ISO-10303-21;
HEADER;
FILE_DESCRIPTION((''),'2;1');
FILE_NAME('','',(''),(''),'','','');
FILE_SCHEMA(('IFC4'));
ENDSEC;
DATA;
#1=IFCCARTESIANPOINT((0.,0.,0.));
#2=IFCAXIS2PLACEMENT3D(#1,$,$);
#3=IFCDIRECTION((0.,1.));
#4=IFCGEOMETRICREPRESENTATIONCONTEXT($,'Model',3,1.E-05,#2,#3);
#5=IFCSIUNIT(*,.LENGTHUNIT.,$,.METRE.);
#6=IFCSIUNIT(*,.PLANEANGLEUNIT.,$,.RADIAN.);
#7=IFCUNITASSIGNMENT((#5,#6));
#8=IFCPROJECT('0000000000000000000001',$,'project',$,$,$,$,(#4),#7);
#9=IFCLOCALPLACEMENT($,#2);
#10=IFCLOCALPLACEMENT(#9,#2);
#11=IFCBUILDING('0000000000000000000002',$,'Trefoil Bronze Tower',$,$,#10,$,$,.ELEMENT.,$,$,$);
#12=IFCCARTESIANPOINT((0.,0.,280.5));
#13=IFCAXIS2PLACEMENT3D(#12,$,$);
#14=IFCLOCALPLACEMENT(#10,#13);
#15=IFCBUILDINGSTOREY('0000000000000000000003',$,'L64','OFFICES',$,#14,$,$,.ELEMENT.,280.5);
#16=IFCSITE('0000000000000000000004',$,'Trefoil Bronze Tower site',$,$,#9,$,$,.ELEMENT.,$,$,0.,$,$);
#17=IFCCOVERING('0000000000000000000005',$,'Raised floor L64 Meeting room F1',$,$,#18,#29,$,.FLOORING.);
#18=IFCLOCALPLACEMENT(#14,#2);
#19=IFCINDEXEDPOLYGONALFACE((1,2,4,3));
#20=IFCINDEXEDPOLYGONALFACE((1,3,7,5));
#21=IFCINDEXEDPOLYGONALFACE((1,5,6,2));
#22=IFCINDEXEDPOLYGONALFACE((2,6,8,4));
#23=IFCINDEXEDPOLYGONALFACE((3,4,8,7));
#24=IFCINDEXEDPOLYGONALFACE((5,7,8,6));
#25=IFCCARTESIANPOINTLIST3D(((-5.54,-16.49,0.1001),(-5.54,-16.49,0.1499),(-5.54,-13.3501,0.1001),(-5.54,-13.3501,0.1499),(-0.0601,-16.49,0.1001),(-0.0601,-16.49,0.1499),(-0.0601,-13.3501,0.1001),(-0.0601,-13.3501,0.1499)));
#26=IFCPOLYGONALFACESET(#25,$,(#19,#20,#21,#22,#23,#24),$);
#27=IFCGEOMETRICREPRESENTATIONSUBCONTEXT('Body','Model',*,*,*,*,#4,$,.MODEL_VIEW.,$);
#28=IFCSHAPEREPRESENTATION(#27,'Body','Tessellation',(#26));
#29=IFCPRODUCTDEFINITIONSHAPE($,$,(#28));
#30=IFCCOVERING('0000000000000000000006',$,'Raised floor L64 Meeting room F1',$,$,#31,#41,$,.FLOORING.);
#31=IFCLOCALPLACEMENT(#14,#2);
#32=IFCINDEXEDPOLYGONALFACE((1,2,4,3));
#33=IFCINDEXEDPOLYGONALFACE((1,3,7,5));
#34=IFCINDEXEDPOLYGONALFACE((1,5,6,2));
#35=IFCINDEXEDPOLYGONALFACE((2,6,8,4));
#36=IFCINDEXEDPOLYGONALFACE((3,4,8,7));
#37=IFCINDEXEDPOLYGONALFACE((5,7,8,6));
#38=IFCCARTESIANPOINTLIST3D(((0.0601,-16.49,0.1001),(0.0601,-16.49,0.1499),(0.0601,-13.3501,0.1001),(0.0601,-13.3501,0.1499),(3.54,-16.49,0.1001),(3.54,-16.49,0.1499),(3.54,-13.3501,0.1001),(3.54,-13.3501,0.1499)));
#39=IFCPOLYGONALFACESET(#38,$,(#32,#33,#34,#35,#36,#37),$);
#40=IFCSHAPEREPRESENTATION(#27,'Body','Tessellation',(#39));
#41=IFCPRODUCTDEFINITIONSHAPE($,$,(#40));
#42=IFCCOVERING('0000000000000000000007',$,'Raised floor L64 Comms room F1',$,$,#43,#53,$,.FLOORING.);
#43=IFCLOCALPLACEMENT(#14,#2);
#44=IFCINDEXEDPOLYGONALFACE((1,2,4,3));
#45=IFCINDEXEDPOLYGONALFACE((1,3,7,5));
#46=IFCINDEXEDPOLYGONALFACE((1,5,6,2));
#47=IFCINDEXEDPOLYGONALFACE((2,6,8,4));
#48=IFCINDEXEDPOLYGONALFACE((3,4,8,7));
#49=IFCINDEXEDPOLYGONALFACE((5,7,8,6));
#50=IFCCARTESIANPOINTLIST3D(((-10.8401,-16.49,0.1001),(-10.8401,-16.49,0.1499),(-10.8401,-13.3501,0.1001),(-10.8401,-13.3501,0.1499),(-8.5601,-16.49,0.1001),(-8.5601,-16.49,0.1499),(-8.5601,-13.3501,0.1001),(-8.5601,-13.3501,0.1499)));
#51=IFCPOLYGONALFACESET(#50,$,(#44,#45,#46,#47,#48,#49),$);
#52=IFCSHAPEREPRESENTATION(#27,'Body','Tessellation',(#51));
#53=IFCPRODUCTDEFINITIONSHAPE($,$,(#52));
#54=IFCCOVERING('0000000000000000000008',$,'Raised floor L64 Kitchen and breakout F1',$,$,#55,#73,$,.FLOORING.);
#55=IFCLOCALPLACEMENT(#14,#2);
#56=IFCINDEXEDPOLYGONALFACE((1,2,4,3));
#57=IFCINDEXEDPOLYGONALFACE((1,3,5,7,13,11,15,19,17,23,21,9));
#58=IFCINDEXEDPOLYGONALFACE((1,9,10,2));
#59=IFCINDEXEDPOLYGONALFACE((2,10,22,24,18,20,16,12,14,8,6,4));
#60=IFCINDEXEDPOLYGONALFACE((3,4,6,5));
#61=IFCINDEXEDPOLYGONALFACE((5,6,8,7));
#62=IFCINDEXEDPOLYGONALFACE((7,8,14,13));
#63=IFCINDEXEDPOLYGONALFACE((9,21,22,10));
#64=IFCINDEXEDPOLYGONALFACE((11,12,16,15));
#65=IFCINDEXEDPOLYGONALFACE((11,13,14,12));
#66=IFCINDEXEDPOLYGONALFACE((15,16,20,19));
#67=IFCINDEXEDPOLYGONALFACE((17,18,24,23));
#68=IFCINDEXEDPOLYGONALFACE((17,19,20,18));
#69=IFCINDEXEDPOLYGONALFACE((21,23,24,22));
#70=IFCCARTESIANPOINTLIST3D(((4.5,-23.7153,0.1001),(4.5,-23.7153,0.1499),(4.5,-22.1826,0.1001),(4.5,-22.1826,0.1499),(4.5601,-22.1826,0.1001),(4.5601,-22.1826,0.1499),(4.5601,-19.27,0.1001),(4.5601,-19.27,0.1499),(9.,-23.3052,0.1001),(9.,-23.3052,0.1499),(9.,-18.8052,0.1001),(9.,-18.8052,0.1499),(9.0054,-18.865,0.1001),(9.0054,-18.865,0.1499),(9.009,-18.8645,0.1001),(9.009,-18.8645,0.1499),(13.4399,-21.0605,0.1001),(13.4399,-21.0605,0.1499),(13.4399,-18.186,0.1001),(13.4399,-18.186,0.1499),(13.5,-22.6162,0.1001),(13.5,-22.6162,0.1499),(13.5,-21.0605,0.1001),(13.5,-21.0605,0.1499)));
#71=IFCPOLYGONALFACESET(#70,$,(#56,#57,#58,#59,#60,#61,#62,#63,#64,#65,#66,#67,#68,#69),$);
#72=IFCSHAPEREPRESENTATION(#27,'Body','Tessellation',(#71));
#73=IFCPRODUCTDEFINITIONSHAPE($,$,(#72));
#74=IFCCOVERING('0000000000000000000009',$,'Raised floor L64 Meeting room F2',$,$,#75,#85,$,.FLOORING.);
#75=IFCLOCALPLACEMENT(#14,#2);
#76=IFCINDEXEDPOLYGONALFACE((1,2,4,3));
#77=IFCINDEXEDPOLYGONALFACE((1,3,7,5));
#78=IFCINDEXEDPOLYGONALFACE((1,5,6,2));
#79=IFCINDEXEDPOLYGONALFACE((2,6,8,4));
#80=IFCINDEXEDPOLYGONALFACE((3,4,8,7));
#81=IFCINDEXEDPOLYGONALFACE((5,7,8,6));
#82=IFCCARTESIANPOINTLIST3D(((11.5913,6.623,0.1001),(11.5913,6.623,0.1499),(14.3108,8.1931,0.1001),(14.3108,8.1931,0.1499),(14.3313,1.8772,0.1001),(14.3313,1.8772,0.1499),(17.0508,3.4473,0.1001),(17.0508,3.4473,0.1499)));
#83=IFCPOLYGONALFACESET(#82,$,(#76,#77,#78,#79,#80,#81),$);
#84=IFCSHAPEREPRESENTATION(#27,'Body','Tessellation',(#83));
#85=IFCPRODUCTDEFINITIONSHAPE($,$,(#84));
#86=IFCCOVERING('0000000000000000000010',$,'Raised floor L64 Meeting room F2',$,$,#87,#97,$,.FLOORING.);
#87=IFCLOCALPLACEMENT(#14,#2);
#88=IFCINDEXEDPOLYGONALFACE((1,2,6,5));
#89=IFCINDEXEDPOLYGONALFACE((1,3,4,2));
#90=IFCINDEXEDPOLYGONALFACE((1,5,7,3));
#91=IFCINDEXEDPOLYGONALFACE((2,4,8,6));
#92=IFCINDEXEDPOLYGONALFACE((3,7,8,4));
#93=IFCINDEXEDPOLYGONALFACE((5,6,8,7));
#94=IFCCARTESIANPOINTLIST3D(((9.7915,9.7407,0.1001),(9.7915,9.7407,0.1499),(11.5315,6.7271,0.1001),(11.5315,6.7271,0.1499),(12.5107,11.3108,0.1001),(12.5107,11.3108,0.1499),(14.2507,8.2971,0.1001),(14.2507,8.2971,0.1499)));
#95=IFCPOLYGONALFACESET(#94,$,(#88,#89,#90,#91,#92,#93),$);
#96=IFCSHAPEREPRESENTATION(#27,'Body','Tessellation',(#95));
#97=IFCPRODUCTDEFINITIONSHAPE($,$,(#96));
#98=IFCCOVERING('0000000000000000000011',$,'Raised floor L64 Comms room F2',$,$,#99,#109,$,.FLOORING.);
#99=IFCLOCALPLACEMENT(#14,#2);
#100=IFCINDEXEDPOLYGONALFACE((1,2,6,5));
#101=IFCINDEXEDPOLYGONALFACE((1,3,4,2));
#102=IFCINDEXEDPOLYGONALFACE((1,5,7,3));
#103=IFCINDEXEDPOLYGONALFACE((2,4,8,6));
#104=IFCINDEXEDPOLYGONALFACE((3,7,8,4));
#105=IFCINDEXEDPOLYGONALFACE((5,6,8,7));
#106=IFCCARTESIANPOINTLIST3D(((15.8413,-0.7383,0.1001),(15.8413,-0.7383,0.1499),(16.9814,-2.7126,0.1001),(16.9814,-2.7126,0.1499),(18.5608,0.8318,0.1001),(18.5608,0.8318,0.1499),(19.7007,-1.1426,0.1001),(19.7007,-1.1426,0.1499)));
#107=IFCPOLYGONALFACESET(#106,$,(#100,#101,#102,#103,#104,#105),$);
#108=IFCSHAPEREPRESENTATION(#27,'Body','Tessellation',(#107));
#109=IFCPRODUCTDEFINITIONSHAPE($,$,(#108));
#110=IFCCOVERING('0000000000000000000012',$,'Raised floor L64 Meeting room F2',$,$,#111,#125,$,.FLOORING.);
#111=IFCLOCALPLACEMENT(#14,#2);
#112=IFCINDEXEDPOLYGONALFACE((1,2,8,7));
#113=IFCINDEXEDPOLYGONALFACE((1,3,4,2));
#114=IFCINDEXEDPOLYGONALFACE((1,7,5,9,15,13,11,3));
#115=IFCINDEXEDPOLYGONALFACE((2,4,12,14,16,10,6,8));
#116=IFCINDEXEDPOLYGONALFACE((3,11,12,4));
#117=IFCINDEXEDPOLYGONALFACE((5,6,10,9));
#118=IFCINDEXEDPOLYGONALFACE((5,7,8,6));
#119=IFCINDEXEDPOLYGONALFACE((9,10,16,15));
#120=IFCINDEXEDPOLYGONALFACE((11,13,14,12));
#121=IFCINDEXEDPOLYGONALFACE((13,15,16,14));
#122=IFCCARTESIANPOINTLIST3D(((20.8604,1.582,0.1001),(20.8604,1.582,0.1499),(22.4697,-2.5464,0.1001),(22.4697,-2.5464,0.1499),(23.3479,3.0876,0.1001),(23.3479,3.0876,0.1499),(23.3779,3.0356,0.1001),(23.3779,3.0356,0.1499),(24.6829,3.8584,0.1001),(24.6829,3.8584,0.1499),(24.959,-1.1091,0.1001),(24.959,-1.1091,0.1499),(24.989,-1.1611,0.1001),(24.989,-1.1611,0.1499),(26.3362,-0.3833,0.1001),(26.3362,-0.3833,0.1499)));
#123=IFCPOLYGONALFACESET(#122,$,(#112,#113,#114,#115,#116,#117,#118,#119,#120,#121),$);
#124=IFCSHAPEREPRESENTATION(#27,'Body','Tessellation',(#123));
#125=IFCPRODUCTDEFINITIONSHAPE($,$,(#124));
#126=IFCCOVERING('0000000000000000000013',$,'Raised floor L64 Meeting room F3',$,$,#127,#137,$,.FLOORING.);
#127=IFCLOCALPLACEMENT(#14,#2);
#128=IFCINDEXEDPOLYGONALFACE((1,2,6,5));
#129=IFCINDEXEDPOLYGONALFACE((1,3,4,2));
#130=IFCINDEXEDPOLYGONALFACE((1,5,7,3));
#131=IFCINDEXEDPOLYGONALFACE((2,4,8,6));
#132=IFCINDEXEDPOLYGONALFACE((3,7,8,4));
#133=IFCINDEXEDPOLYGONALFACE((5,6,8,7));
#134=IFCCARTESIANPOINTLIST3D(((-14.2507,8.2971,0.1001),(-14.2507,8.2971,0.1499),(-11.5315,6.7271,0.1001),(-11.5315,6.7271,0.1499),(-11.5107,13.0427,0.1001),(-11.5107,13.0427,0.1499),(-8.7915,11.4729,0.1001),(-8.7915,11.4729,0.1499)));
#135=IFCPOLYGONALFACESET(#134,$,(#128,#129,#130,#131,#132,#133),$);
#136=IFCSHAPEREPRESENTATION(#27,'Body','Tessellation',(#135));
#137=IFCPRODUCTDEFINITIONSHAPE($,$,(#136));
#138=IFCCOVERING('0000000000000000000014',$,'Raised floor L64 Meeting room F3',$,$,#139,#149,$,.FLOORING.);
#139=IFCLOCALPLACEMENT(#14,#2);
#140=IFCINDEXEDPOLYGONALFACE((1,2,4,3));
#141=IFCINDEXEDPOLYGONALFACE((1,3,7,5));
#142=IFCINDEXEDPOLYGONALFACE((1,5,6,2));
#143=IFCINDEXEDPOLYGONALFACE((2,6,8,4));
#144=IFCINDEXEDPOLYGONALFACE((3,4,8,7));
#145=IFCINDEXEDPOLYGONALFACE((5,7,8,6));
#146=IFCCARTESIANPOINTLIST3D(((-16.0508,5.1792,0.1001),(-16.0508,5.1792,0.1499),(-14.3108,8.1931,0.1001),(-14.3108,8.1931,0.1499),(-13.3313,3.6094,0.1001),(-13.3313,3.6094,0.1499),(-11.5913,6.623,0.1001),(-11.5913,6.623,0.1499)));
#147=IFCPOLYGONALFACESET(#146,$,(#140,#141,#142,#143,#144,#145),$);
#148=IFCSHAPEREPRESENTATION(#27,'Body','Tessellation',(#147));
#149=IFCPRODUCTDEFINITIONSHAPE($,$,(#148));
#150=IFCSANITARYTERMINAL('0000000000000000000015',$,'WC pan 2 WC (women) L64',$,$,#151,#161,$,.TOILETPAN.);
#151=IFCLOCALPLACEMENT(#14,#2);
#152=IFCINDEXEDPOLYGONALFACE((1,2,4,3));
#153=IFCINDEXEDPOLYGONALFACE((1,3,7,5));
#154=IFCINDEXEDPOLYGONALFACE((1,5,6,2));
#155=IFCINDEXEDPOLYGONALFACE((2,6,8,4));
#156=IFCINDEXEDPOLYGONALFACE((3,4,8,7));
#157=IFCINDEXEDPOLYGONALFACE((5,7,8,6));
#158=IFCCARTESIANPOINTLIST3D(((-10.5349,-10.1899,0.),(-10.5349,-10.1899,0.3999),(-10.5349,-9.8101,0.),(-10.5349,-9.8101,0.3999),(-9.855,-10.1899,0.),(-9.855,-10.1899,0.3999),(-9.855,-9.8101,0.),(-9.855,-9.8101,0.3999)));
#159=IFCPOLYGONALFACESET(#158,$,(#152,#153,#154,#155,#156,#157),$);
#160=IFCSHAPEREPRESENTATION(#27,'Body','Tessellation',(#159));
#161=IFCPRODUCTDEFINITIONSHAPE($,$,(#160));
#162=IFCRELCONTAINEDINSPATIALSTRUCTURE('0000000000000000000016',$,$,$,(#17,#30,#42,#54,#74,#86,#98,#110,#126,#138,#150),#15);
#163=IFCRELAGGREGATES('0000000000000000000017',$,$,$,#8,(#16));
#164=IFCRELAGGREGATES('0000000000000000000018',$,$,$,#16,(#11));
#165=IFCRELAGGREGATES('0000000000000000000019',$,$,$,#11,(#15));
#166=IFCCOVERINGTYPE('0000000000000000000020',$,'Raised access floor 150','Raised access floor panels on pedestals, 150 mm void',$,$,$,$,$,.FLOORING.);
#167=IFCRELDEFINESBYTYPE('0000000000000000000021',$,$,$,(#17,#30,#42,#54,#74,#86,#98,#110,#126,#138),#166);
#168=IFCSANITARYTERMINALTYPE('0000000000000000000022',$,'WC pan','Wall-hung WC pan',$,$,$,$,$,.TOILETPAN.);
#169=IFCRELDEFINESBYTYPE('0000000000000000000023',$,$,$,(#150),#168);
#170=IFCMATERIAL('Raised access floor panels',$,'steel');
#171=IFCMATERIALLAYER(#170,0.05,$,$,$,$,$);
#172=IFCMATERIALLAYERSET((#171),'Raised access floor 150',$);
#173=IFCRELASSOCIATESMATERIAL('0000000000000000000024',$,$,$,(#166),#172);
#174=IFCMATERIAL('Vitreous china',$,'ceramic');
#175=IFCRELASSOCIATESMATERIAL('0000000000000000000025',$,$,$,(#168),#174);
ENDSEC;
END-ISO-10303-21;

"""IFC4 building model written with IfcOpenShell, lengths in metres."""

from ifc_helpers import new_model, si_unit, direction, frame, origin, place, context, subcontext, project, spatial, polyline, outline, extrude, material, layer, layer_set, type_object, element, save


model = new_model("IFC4")

# Units and contexts
model_context = context("Model", 3, precision=1e-05, world=origin(), true_north=direction((0.0, 1.0)))
body_context = subcontext(model_context, "Body", "Model", "MODEL_VIEW")
ifc_project = project(units=[si_unit("LENGTHUNIT", "METRE"), si_unit("PLANEANGLEUNIT", "RADIAN")], contexts=[model_context])

# Site, building, storey
site_placement = place(None, origin())
site = spatial("IfcSite", under=ifc_project, at=site_placement, Name="Trefoil Bronze Tower site", CompositionType="ELEMENT", RefElevation=0.0)
building_placement = place(site_placement, origin())
building = spatial("IfcBuilding", under=site, at=building_placement, Name="Trefoil Bronze Tower", CompositionType="ELEMENT")
storey_placement = place(building_placement, frame((0.0, 0.0, 280.5)))
storey = spatial("IfcBuildingStorey", under=building, at=storey_placement, Name="L64", Description="OFFICES", CompositionType="ELEMENT", Elevation=280.5)

# Coverings
ifc_material_1 = material(Name="Raised access floor panels", Category="steel")
ifc_layer_1 = layer(ifc_material_1, 0.05)
ifc_layer_set_1 = layer_set([ifc_layer_1], Name="Raised access floor 150")
covering_type_1 = type_object("IfcCoveringType", Name="Raised access floor 150", Description="Raised access floor panels on pedestals, 150 mm void", PredefinedType="FLOORING", material=ifc_layer_set_1)
covering_1_placement = place(storey_placement, frame((0.0, 0.0, 0.1001)))
element("IfcCovering", 1, at=covering_1_placement, inside=storey, type_object=covering_type_1, Name="Raised floor L64 Meeting room F1", PredefinedType="FLOORING", context=body_context, shape_type="SweptSolid", body=[
    extrude(outline(polyline([(-0.0601, -13.3501), (-0.0601, -16.49), (-5.54, -16.49), (-5.54, -13.3501), (-0.0601, -13.3501)])), origin(), (0.0, 0.0, 1.0), 0.0498),
])
covering_2_placement = place(storey_placement, frame((0.0, 0.0, 0.1001)))
element("IfcCovering", 2, at=covering_2_placement, inside=storey, type_object=covering_type_1, Name="Raised floor L64 Meeting room F1", PredefinedType="FLOORING", context=body_context, shape_type="SweptSolid", body=[
    extrude(outline(polyline([(3.54, -13.3501), (3.54, -16.49), (0.0601, -16.49), (0.0601, -13.3501), (3.54, -13.3501)])), origin(), (0.0, 0.0, 1.0), 0.0498),
])
covering_3_placement = place(storey_placement, frame((0.0, 0.0, 0.1001)))
element("IfcCovering", 3, at=covering_3_placement, inside=storey, type_object=covering_type_1, Name="Raised floor L64 Comms room F1", PredefinedType="FLOORING", context=body_context, shape_type="SweptSolid", body=[
    extrude(outline(polyline([(-8.5601, -13.3501), (-8.5601, -16.49), (-10.8401, -16.49), (-10.8401, -13.3501), (-8.5601, -13.3501)])), origin(), (0.0, 0.0, 1.0), 0.0498),
])
covering_4_placement = place(storey_placement, frame((0.0, 0.0, 0.1001)))
element("IfcCovering", 4, at=covering_4_placement, inside=storey, type_object=covering_type_1, Name="Raised floor L64 Kitchen and breakout F1", PredefinedType="FLOORING", context=body_context, shape_type="SweptSolid", body=[
    extrude(outline(polyline([(9.0, -23.3052), (4.5, -23.7153), (4.5, -22.1826), (4.5601, -22.1826), (4.5601, -19.27), (9.0054, -18.865), (9.0, -18.8052), (9.009, -18.8645), (13.4399, -18.186), (13.4399, -21.0605), (13.5, -21.0605), (13.5, -22.6162), (9.0, -23.3052)])), origin(), (0.0, 0.0, 1.0), 0.0498),
])
covering_5_placement = place(storey_placement, frame((0.0, 0.0, 0.1001)))
element("IfcCovering", 5, at=covering_5_placement, inside=storey, type_object=covering_type_1, Name="Raised floor L64 Meeting room F2", PredefinedType="FLOORING", context=body_context, shape_type="SweptSolid", body=[
    extrude(outline(polyline([(11.5913, 6.623), (14.3108, 8.1931), (17.0508, 3.4473), (14.3313, 1.8772), (11.5913, 6.623)])), origin(), (0.0, 0.0, 1.0), 0.0498),
])
covering_6_placement = place(storey_placement, frame((0.0, 0.0, 0.1001)))
element("IfcCovering", 6, at=covering_6_placement, inside=storey, type_object=covering_type_1, Name="Raised floor L64 Meeting room F2", PredefinedType="FLOORING", context=body_context, shape_type="SweptSolid", body=[
    extrude(outline(polyline([(9.7915, 9.7407), (12.5107, 11.3108), (14.2507, 8.2971), (11.5315, 6.7271), (9.7915, 9.7407)])), origin(), (0.0, 0.0, 1.0), 0.0498),
])
covering_7_placement = place(storey_placement, frame((0.0, 0.0, 0.1001)))
element("IfcCovering", 7, at=covering_7_placement, inside=storey, type_object=covering_type_1, Name="Raised floor L64 Comms room F2", PredefinedType="FLOORING", context=body_context, shape_type="SweptSolid", body=[
    extrude(outline(polyline([(15.8413, -0.7383), (18.5608, 0.8318), (19.7007, -1.1426), (16.9814, -2.7126), (15.8413, -0.7383)])), origin(), (0.0, 0.0, 1.0), 0.0498),
])
covering_8_placement = place(storey_placement, frame((0.0, 0.0, 0.1001)))
element("IfcCovering", 8, at=covering_8_placement, inside=storey, type_object=covering_type_1, Name="Raised floor L64 Meeting room F2", PredefinedType="FLOORING", context=body_context, shape_type="SweptSolid", body=[
    extrude(outline(polyline([(26.3362, -0.3833), (24.989, -1.1611), (24.959, -1.1091), (22.4697, -2.5464), (20.8604, 1.582), (23.3779, 3.0356), (23.3479, 3.0876), (24.6829, 3.8584), (26.3362, -0.3833)])), origin(), (0.0, 0.0, 1.0), 0.0498),
])
covering_9_placement = place(storey_placement, frame((0.0, 0.0, 0.1001)))
element("IfcCovering", 9, at=covering_9_placement, inside=storey, type_object=covering_type_1, Name="Raised floor L64 Meeting room F3", PredefinedType="FLOORING", context=body_context, shape_type="SweptSolid", body=[
    extrude(outline(polyline([(-11.5315, 6.7271), (-14.2507, 8.2971), (-11.5107, 13.0427), (-8.7915, 11.4729), (-11.5315, 6.7271)])), origin(), (0.0, 0.0, 1.0), 0.0498),
])
covering_10_placement = place(storey_placement, frame((0.0, 0.0, 0.1001)))
element("IfcCovering", 10, at=covering_10_placement, inside=storey, type_object=covering_type_1, Name="Raised floor L64 Meeting room F3", PredefinedType="FLOORING", context=body_context, shape_type="SweptSolid", body=[
    extrude(outline(polyline([(-13.3313, 3.6094), (-16.0508, 5.1792), (-14.3108, 8.1931), (-11.5913, 6.623), (-13.3313, 3.6094)])), origin(), (0.0, 0.0, 1.0), 0.0498),
])

# Sanitary terminal
ifc_material_2 = material(Name="Vitreous china", Category="ceramic")
sanitary_terminal_type = type_object("IfcSanitaryTerminalType", Name="WC pan", Description="Wall-hung WC pan", PredefinedType="TOILETPAN", material=ifc_material_2)
sanitary_terminal_placement = place(storey_placement, origin())
element("IfcSanitaryTerminal", 11, at=sanitary_terminal_placement, inside=storey, type_object=sanitary_terminal_type, Name="WC pan 2 WC (women) L64", PredefinedType="TOILETPAN", context=body_context, shape_type="SweptSolid", body=[
    extrude(outline(polyline([(-9.855, -9.8101), (-10.5349, -9.8101), (-10.5349, -10.1899), (-9.855, -10.1899), (-9.855, -9.8101)])), origin(), (0.0, 0.0, 1.0), 0.3999),
])

save(model, "model.ifc")
